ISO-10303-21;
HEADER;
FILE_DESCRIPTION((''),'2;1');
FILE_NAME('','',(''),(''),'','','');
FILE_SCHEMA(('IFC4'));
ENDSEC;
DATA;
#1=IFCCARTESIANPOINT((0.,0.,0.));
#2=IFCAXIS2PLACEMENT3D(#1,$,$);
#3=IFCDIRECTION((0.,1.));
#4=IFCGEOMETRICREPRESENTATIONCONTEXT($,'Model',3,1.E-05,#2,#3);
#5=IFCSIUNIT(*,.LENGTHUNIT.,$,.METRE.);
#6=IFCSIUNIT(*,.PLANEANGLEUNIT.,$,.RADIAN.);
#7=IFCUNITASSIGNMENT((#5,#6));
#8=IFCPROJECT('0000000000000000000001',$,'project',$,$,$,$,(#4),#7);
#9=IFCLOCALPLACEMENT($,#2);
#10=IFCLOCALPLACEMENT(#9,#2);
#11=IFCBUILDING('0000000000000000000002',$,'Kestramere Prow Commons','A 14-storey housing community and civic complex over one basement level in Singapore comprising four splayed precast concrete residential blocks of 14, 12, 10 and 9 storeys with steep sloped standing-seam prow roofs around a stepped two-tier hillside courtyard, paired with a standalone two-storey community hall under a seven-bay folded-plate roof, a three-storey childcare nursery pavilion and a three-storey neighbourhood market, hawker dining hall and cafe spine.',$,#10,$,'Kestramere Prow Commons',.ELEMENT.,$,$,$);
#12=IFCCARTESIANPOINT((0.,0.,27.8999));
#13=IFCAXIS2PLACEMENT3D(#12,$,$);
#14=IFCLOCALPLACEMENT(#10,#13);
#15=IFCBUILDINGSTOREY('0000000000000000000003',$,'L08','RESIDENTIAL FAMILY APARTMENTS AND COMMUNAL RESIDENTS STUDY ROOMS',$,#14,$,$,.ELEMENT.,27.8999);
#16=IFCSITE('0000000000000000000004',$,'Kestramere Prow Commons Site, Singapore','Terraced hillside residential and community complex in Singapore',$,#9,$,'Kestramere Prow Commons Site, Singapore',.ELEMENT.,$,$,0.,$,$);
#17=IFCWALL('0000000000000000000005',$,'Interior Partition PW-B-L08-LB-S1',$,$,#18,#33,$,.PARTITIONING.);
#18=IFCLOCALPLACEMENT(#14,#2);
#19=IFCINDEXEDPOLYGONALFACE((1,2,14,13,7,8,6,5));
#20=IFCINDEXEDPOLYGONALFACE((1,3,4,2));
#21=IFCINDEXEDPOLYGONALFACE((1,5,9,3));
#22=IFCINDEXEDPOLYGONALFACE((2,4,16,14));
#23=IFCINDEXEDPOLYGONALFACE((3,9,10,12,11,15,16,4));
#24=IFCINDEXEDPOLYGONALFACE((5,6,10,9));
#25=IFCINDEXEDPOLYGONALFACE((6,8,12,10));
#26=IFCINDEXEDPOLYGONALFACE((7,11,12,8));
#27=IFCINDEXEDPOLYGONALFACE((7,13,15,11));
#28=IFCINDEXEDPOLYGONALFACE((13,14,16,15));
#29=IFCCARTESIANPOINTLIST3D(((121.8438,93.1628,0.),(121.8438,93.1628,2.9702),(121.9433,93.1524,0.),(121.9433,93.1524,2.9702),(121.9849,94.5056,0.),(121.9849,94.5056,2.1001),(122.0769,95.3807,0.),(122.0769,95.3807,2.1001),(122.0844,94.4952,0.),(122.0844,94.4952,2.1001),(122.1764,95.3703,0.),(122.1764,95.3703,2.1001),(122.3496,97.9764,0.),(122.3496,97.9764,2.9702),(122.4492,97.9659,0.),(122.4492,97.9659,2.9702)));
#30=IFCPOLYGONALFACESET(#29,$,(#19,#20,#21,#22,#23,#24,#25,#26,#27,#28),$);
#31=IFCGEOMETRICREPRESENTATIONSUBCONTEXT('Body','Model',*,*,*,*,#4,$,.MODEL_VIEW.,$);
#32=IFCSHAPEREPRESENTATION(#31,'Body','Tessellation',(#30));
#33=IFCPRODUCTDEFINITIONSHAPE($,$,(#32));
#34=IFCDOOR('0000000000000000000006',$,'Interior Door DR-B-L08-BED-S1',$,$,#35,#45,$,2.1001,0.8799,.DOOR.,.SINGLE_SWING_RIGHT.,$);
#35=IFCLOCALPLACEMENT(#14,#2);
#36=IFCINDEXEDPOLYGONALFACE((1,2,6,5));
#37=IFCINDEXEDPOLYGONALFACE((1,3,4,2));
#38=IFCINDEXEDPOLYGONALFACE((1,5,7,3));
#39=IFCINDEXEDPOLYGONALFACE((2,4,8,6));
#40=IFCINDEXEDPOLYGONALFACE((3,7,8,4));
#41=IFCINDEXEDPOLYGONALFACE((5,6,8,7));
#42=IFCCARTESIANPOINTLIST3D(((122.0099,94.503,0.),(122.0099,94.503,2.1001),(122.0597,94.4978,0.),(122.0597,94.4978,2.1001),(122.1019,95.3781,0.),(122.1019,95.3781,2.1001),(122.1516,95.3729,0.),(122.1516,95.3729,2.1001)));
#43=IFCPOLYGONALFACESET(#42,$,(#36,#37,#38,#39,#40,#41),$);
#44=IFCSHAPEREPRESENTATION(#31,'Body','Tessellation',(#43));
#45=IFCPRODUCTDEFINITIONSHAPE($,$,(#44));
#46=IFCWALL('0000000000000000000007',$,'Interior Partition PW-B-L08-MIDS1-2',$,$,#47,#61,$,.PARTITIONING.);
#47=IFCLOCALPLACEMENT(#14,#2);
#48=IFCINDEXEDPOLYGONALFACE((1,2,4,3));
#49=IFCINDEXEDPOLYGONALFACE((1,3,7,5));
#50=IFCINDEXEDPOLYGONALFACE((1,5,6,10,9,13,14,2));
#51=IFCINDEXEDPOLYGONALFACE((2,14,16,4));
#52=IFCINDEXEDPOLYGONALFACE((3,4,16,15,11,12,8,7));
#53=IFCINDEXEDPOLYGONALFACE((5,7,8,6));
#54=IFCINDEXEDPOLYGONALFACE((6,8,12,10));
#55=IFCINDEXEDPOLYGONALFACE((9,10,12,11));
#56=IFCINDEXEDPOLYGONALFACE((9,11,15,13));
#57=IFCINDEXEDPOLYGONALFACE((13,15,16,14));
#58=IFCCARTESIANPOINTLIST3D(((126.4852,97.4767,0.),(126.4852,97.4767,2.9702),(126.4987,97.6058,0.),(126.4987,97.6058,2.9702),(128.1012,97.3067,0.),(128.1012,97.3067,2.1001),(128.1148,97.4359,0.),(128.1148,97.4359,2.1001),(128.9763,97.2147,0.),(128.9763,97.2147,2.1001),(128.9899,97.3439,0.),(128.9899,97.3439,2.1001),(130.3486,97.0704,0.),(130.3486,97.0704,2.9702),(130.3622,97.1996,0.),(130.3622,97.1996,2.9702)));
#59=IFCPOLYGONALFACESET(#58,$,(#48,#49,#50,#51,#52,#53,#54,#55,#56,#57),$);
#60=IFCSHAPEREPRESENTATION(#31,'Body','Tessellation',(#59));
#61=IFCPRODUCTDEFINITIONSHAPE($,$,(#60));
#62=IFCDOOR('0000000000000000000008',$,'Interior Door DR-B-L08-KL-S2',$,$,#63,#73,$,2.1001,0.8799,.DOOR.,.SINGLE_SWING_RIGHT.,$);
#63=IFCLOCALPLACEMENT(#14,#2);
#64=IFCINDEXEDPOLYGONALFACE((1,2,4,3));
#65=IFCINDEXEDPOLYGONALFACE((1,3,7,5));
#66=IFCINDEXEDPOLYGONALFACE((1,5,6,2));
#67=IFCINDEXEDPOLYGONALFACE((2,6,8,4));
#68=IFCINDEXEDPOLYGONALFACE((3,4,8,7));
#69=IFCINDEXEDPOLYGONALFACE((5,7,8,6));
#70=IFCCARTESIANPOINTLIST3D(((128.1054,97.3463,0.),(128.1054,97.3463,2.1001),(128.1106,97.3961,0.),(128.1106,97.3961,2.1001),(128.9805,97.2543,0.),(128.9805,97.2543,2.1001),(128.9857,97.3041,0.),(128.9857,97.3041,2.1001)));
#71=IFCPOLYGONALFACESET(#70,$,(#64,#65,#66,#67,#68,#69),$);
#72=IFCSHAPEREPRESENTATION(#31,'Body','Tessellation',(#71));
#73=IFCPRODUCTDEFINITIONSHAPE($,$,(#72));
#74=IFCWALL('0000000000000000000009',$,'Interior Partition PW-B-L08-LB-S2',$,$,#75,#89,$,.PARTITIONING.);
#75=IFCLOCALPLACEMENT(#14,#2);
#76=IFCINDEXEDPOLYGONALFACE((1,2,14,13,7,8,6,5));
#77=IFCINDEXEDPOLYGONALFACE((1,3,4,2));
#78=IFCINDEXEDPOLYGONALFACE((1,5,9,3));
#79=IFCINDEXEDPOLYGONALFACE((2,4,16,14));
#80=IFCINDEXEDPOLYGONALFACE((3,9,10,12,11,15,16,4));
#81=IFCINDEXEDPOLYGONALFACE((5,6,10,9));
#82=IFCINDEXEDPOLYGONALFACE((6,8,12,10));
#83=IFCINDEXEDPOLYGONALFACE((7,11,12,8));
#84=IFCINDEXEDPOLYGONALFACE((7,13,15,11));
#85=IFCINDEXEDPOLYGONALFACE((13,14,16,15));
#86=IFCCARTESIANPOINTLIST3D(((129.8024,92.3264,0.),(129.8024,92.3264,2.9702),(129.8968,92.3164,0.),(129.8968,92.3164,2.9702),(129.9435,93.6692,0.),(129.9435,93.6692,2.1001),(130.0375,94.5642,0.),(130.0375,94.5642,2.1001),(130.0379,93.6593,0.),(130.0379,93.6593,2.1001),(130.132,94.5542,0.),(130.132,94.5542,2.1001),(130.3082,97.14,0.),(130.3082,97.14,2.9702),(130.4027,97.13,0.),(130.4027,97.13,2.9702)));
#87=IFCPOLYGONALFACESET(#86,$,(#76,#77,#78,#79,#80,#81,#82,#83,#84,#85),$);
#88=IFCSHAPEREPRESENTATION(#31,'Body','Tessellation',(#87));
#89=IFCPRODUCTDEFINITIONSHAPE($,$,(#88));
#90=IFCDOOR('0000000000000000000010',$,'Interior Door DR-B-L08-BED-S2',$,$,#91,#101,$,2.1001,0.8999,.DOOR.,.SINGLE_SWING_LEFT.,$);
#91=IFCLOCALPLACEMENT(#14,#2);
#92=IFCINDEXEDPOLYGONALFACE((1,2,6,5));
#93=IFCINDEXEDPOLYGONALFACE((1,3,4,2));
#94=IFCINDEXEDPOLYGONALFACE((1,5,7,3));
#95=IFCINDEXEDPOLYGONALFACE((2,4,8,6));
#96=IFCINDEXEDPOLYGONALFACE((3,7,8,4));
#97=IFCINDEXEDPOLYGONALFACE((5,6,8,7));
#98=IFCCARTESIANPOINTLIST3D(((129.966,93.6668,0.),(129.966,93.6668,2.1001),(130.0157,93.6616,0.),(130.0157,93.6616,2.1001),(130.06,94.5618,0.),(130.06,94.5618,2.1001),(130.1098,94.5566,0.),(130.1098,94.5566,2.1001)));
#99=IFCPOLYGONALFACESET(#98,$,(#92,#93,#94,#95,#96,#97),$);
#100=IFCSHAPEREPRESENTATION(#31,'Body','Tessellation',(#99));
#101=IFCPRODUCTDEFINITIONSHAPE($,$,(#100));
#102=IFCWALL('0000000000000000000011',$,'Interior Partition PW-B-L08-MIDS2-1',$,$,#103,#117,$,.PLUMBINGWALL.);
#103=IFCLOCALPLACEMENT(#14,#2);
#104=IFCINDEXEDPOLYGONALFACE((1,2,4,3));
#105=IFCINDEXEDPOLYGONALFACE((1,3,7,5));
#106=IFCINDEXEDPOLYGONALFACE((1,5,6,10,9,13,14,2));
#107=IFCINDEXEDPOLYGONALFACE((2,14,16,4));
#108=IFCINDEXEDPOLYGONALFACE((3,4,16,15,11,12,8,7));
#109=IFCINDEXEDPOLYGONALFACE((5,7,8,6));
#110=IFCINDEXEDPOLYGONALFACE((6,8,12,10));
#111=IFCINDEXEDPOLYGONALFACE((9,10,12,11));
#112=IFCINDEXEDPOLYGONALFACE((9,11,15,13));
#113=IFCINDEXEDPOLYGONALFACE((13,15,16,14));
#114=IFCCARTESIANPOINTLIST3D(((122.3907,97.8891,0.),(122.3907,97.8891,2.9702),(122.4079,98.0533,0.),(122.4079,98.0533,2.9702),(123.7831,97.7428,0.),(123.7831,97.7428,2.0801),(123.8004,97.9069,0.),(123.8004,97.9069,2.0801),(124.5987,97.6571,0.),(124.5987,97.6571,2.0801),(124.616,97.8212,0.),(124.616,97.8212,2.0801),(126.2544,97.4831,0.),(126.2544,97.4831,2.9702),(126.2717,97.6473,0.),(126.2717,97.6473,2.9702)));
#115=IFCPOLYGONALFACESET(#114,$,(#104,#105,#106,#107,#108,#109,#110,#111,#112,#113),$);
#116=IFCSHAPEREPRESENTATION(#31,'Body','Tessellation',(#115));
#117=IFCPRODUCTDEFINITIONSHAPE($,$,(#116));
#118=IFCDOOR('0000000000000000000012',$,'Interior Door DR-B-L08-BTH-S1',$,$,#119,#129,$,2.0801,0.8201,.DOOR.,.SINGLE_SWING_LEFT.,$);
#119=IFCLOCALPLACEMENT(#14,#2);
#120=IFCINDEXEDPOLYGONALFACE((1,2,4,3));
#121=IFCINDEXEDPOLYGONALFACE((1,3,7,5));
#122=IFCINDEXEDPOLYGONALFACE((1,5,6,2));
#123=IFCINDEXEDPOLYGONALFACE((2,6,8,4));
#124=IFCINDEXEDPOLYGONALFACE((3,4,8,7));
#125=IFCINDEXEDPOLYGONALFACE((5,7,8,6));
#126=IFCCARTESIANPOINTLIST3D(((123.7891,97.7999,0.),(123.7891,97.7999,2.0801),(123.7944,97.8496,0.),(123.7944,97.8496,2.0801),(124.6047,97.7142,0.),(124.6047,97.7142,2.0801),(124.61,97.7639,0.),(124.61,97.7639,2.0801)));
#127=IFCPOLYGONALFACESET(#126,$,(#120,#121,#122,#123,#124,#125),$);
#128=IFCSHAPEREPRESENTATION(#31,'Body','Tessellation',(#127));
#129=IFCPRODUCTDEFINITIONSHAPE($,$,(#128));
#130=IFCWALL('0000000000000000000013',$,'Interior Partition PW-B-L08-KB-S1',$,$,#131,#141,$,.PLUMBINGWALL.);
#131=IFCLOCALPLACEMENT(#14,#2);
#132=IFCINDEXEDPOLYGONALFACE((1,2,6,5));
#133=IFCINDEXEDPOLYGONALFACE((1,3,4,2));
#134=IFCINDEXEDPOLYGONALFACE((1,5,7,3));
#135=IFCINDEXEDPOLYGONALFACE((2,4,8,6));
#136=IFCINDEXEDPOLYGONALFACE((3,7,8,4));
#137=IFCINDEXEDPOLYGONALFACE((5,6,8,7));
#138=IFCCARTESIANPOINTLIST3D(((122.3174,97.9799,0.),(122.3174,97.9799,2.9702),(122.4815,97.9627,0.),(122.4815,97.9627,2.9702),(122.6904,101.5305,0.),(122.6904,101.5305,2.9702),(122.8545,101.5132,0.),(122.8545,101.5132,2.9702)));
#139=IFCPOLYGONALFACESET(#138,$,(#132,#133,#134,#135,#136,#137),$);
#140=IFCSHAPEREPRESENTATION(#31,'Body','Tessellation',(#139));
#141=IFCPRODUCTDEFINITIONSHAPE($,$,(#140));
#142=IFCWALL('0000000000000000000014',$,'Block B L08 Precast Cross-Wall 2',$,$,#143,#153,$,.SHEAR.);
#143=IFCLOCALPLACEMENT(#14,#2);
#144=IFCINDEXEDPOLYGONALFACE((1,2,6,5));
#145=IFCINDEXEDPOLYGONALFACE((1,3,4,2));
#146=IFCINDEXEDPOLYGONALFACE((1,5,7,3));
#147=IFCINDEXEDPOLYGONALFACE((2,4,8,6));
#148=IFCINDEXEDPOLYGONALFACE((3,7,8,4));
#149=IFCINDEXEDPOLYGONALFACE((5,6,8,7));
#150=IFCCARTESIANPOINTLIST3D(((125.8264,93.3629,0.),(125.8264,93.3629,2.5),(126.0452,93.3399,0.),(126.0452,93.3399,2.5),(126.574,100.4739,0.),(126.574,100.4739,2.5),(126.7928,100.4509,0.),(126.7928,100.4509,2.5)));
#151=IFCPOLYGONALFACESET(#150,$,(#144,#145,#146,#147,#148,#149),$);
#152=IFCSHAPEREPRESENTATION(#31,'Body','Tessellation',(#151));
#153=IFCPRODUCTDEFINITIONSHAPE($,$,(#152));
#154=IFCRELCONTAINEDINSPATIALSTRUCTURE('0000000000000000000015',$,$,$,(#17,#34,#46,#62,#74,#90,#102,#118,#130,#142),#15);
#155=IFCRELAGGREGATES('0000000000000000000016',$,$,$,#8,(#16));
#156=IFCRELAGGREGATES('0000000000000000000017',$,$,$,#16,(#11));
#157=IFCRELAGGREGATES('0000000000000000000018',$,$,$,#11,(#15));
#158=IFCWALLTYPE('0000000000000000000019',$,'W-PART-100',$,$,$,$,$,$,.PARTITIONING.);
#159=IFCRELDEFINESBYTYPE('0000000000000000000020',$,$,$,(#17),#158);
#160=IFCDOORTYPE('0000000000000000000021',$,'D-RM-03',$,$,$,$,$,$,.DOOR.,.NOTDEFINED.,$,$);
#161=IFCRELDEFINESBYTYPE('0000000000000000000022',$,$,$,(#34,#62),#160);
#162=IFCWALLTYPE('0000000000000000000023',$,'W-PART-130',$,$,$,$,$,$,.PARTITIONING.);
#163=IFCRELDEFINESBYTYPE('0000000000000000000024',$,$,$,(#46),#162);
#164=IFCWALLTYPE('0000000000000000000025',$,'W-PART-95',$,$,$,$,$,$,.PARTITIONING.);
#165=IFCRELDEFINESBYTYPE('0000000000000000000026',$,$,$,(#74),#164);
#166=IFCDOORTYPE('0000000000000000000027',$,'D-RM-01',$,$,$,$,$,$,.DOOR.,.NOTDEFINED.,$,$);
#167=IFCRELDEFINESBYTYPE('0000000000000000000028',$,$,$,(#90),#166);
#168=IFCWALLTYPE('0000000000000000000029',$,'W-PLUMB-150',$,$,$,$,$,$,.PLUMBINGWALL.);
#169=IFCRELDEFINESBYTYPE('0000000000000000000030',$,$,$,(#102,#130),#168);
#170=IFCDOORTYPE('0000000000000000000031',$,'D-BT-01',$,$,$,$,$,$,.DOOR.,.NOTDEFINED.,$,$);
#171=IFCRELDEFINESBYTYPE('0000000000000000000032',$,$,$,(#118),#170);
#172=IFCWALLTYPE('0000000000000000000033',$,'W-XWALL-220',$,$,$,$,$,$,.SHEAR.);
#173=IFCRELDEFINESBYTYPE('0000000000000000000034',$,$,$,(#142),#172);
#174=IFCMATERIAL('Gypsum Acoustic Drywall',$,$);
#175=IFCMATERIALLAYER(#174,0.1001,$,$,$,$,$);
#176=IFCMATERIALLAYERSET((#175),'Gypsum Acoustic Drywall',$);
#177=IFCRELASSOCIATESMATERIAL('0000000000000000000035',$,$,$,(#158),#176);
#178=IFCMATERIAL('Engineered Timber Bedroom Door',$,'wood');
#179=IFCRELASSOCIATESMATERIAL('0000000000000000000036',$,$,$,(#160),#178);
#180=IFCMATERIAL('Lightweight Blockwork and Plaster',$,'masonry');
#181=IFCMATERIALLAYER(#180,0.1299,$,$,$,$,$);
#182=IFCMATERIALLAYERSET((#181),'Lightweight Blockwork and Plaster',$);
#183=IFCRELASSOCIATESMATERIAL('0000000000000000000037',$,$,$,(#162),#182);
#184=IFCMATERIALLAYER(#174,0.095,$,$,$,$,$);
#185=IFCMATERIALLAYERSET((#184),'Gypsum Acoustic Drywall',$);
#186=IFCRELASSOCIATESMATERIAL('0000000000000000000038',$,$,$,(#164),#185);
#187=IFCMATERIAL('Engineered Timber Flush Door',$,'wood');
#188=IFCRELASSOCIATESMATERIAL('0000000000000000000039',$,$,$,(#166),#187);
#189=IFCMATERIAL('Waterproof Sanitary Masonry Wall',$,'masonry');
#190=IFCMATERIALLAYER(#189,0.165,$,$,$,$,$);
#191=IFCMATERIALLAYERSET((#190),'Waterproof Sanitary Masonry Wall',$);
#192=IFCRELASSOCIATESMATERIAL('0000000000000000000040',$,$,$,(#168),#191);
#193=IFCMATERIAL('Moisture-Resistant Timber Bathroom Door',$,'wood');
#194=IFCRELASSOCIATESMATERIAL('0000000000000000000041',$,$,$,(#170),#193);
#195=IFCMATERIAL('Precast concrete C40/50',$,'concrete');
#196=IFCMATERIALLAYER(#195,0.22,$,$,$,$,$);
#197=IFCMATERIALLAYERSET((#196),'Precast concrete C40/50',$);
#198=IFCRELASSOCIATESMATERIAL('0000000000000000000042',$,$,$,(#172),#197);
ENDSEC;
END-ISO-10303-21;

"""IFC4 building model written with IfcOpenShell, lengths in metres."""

from ifc_helpers import new_model, si_unit, direction, frame, frame_2d, origin, place, context, subcontext, project, spatial, rectangle, extrude, material, layer, layer_set, type_object, element, fill, save


model = new_model("IFC4")

# Units and contexts
model_context = context("Model", 3, precision=1e-05, world=origin(), true_north=direction((0.0, 1.0)))
body_context = subcontext(model_context, "Body", "Model", "MODEL_VIEW")
ifc_project = project(units=[si_unit("LENGTHUNIT", "METRE"), si_unit("PLANEANGLEUNIT", "RADIAN")], contexts=[model_context])

# Site, building, storey
site_placement = place(None, origin())
site = spatial("IfcSite", under=ifc_project, at=site_placement, Name="Kestramere Prow Commons Site, Singapore", Description="Terraced hillside residential and community complex in Singapore", LongName="Kestramere Prow Commons Site, Singapore", CompositionType="ELEMENT", RefElevation=0.0)
building_placement = place(site_placement, origin())
building = spatial("IfcBuilding", under=site, at=building_placement, Name="Kestramere Prow Commons", Description="A 14-storey housing community and civic complex over one basement level in Singapore comprising four splayed precast concrete residential blocks of 14, 12, 10 and 9 storeys with steep sloped standing-seam prow roofs around a stepped two-tier hillside courtyard, paired with a standalone two-storey community hall under a seven-bay folded-plate roof, a three-storey childcare nursery pavilion and a three-storey neighbourhood market, hawker dining hall and cafe spine.", LongName="Kestramere Prow Commons", CompositionType="ELEMENT")
storey_placement = place(building_placement, frame((0.0, 0.0, 27.8999)))
storey = spatial("IfcBuildingStorey", under=building, at=storey_placement, Name="L08", Description="RESIDENTIAL FAMILY APARTMENTS AND COMMUNAL RESIDENTS STUDY ROOMS", CompositionType="ELEMENT", Elevation=27.8999)

# Shared definitions
ifc_material_1 = material(Name="Precast concrete C40/50", Category="concrete")

# Walls, openings, doors
ifc_material_2 = material(Name="Gypsum Acoustic Drywall")
ifc_layer_1 = layer(ifc_material_2, 0.1001)
ifc_layer_set_1 = layer_set([ifc_layer_1], Name="Gypsum Acoustic Drywall")
wall_type_1 = type_object("IfcWallType", Name="W-PART-100", PredefinedType="PARTITIONING", material=ifc_layer_set_1)
wall_1_placement = place(storey_placement, frame((121.8936, 93.1577, 0.0), z_axis=(0.0, 0.0, 1.0), x_axis=(0.104517, 0.994523, 0.0)))
wall_1 = element("IfcWall", 1, at=wall_1_placement, inside=storey, type_object=wall_type_1, Name="Interior Partition PW-B-L08-LB-S1", PredefinedType="PARTITIONING", context=body_context, shape_type="SweptSolid", body=[
    extrude(rectangle(XDim=4.8401, YDim=0.1001, at=frame_2d((2.4199, 0.0))), origin(), (0.0, 0.0, 1.0), 2.9702),
])
opening_1_placement = place(wall_1_placement, frame((1.3501, 0.0, 0.0)))
opening_1 = element("IfcOpeningElement", 2, at=opening_1_placement, cuts=wall_1, PredefinedType="OPENING", context=body_context, shape_type="SweptSolid", body=[
    extrude(rectangle(XDim=0.8799, YDim=2.1001, at=frame_2d((0.4399, 1.05))), frame((0.0, 0.0649, 0.0), z_axis=(0.0, -1.0, 0.0), x_axis=(1.0, 0.0, 0.0)), (0.0, 0.0, 1.0), 0.1301),
])
ifc_material_3 = material(Name="Engineered Timber Bedroom Door", Category="wood")
door_type_1 = type_object("IfcDoorType", Name="D-RM-03", OperationType="NOTDEFINED", PredefinedType="DOOR", material=ifc_material_3)
door_1_placement = place(opening_1_placement, origin())
door_1 = element("IfcDoor", 3, at=door_1_placement, inside=storey, type_object=door_type_1, Name="Interior Door DR-B-L08-BED-S1", OperationType="SINGLE_SWING_RIGHT", OverallHeight=2.1001, OverallWidth=0.8799, PredefinedType="DOOR", context=body_context, shape_type="SweptSolid", body=[
    extrude(rectangle(XDim=0.8799, YDim=2.1001, at=frame_2d((0.4399, 1.05))), frame((0.0, 0.0249, 0.0), z_axis=(0.0, -1.0, 0.0), x_axis=(1.0, 0.0, 0.0)), (0.0, 0.0, 1.0), 0.05),
])
fill(opening_1, door_1)
ifc_material_4 = material(Name="Lightweight Blockwork and Plaster", Category="masonry")
ifc_layer_2 = layer(ifc_material_4, 0.1299)
ifc_layer_set_2 = layer_set([ifc_layer_2], Name="Lightweight Blockwork and Plaster")
wall_type_2 = type_object("IfcWallType", Name="W-PART-130", PredefinedType="PARTITIONING", material=ifc_layer_set_2)
wall_2_placement = place(storey_placement, frame((126.4919, 97.5413, 0.0), z_axis=(0.0, 0.0, 1.0), x_axis=(0.994517, -0.104574, 0.0)))
wall_2 = element("IfcWall", 4, at=wall_2_placement, inside=storey, type_object=wall_type_2, Name="Interior Partition PW-B-L08-MIDS1-2", PredefinedType="PARTITIONING", context=body_context, shape_type="SweptSolid", body=[
    extrude(rectangle(XDim=3.8848, YDim=0.1299, at=frame_2d((1.9424, 0.0))), origin(), (0.0, 0.0, 1.0), 2.9702),
])
opening_2_placement = place(wall_2_placement, frame((1.625, 0.0, 0.0)))
opening_2 = element("IfcOpeningElement", 5, at=opening_2_placement, cuts=wall_2, PredefinedType="OPENING", context=body_context, shape_type="SweptSolid", body=[
    extrude(rectangle(XDim=0.8799, YDim=2.1001, at=frame_2d((0.4399, 1.05))), frame((0.0, 0.0798, 0.0), z_axis=(0.0, -1.0, 0.0), x_axis=(1.0, 0.0, 0.0)), (0.0, 0.0, 1.0), 0.1599),
])
door_2_placement = place(opening_2_placement, origin())
door_2 = element("IfcDoor", 6, at=door_2_placement, inside=storey, type_object=door_type_1, Name="Interior Door DR-B-L08-KL-S2", OperationType="SINGLE_SWING_RIGHT", OverallHeight=2.1001, OverallWidth=0.8799, PredefinedType="DOOR", context=body_context, shape_type="SweptSolid", body=[
    extrude(rectangle(XDim=0.8799, YDim=2.1001, at=frame_2d((0.4399, 1.05))), frame((0.0, 0.0249, 0.0), z_axis=(0.0, -1.0, 0.0), x_axis=(1.0, 0.0, 0.0)), (0.0, 0.0, 1.0), 0.05),
])
fill(opening_2, door_2)
ifc_layer_3 = layer(ifc_material_2, 0.095)
ifc_layer_set_3 = layer_set([ifc_layer_3], Name="Gypsum Acoustic Drywall")
wall_type_3 = type_object("IfcWallType", Name="W-PART-95", PredefinedType="PARTITIONING", material=ifc_layer_set_3)
wall_3_placement = place(storey_placement, frame((129.8496, 92.3215, 0.0), z_axis=(0.0, 0.0, 1.0), x_axis=(0.104517, 0.994523, 0.0)))
wall_3 = element("IfcWall", 7, at=wall_3_placement, inside=storey, type_object=wall_type_3, Name="Interior Partition PW-B-L08-LB-S2", PredefinedType="PARTITIONING", context=body_context, shape_type="SweptSolid", body=[
    extrude(rectangle(XDim=4.8401, YDim=0.095, at=frame_2d((2.4199, 0.0))), origin(), (0.0, 0.0, 1.0), 2.9702),
])
opening_3_placement = place(wall_3_placement, frame((1.3501, 0.0, 0.0)))
opening_3 = element("IfcOpeningElement", 8, at=opening_3_placement, cuts=wall_3, PredefinedType="OPENING", context=body_context, shape_type="SweptSolid", body=[
    extrude(rectangle(XDim=0.8999, YDim=2.1001, at=frame_2d((0.45, 1.05))), frame((0.0, 0.0625, 0.0), z_axis=(0.0, -1.0, 0.0), x_axis=(1.0, 0.0, 0.0)), (0.0, 0.0, 1.0), 0.125),
])
ifc_material_5 = material(Name="Engineered Timber Flush Door", Category="wood")
door_type_2 = type_object("IfcDoorType", Name="D-RM-01", OperationType="NOTDEFINED", PredefinedType="DOOR", material=ifc_material_5)
door_3_placement = place(opening_3_placement, origin())
door_3 = element("IfcDoor", 9, at=door_3_placement, inside=storey, type_object=door_type_2, Name="Interior Door DR-B-L08-BED-S2", OperationType="SINGLE_SWING_LEFT", OverallHeight=2.1001, OverallWidth=0.8999, PredefinedType="DOOR", context=body_context, shape_type="SweptSolid", body=[
    extrude(rectangle(XDim=0.8999, YDim=2.1001, at=frame_2d((0.45, 1.05))), frame((0.0, 0.0249, 0.0), z_axis=(0.0, -1.0, 0.0), x_axis=(1.0, 0.0, 0.0)), (0.0, 0.0, 1.0), 0.05),
])
fill(opening_3, door_3)
ifc_material_6 = material(Name="Waterproof Sanitary Masonry Wall", Category="masonry")
ifc_layer_4 = layer(ifc_material_6, 0.165)
ifc_layer_set_4 = layer_set([ifc_layer_4], Name="Waterproof Sanitary Masonry Wall")
wall_type_4 = type_object("IfcWallType", Name="W-PLUMB-150", PredefinedType="PLUMBINGWALL", material=ifc_layer_set_4)
wall_4_placement = place(storey_placement, frame((122.3994, 97.9712, 0.0), z_axis=(0.0, 0.0, 1.0), x_axis=(0.994524, -0.104505, 0.0)))
wall_4 = element("IfcWall", 10, at=wall_4_placement, inside=storey, type_object=wall_type_4, Name="Interior Partition PW-B-L08-MIDS2-1", PredefinedType="PLUMBINGWALL", context=body_context, shape_type="SweptSolid", body=[
    extrude(rectangle(XDim=3.885, YDim=0.165, at=frame_2d((1.9424, 0.0))), origin(), (0.0, 0.0, 1.0), 2.9702),
])
opening_4_placement = place(wall_4_placement, frame((1.3999, 0.0, 0.0)))
opening_4 = element("IfcOpeningElement", 11, at=opening_4_placement, cuts=wall_4, PredefinedType="OPENING", context=body_context, shape_type="SweptSolid", body=[
    extrude(rectangle(XDim=0.8201, YDim=2.0801, at=frame_2d((0.4102, 1.04))), frame((0.0, 0.0974, 0.0), z_axis=(0.0, -1.0, 0.0), x_axis=(1.0, 0.0, 0.0)), (0.0, 0.0, 1.0), 0.1951),
])
ifc_material_7 = material(Name="Moisture-Resistant Timber Bathroom Door", Category="wood")
door_type_3 = type_object("IfcDoorType", Name="D-BT-01", OperationType="NOTDEFINED", PredefinedType="DOOR", material=ifc_material_7)
door_4_placement = place(opening_4_placement, origin())
door_4 = element("IfcDoor", 12, at=door_4_placement, inside=storey, type_object=door_type_3, Name="Interior Door DR-B-L08-BTH-S1", OperationType="SINGLE_SWING_LEFT", OverallHeight=2.0801, OverallWidth=0.8201, PredefinedType="DOOR", context=body_context, shape_type="SweptSolid", body=[
    extrude(rectangle(XDim=0.8201, YDim=2.0801, at=frame_2d((0.4102, 1.04))), frame((0.0, 0.0249, 0.0), z_axis=(0.0, -1.0, 0.0), x_axis=(1.0, 0.0, 0.0)), (0.0, 0.0, 1.0), 0.05),
])
fill(opening_4, door_4)

# Walls
wall_5_placement = place(storey_placement, frame((122.3994, 97.9712, 0.0), z_axis=(0.0, 0.0, 1.0), x_axis=(0.104493, 0.994526, 0.0)))
element("IfcWall", 13, at=wall_5_placement, inside=storey, type_object=wall_type_4, Name="Interior Partition PW-B-L08-KB-S1", PredefinedType="PLUMBINGWALL", context=body_context, shape_type="SweptSolid", body=[
    extrude(rectangle(XDim=3.5701, YDim=0.165, at=frame_2d((1.7852, 0.0))), origin(), (0.0, 0.0, 1.0), 2.9702),
])
ifc_layer_5 = layer(ifc_material_1, 0.22)
ifc_layer_set_5 = layer_set([ifc_layer_5], Name="Precast concrete C40/50")
wall_type_5 = type_object("IfcWallType", Name="W-XWALL-220", PredefinedType="SHEAR", material=ifc_layer_set_5)
wall_6_placement = place(storey_placement, frame((125.9358, 93.3513, 0.0), z_axis=(0.0, 0.0, 1.0), x_axis=(0.104553, 0.994519, 0.0)))
element("IfcWall", 14, at=wall_6_placement, inside=storey, type_object=wall_type_5, Name="Block B L08 Precast Cross-Wall 2", PredefinedType="SHEAR", context=body_context, shape_type="SweptSolid", body=[
    extrude(rectangle(XDim=7.1501, YDim=0.22, at=frame_2d((3.5752, 0.0))), origin(), (0.0, 0.0, 1.0), 2.5),
])

save(model, "model.ifc")
